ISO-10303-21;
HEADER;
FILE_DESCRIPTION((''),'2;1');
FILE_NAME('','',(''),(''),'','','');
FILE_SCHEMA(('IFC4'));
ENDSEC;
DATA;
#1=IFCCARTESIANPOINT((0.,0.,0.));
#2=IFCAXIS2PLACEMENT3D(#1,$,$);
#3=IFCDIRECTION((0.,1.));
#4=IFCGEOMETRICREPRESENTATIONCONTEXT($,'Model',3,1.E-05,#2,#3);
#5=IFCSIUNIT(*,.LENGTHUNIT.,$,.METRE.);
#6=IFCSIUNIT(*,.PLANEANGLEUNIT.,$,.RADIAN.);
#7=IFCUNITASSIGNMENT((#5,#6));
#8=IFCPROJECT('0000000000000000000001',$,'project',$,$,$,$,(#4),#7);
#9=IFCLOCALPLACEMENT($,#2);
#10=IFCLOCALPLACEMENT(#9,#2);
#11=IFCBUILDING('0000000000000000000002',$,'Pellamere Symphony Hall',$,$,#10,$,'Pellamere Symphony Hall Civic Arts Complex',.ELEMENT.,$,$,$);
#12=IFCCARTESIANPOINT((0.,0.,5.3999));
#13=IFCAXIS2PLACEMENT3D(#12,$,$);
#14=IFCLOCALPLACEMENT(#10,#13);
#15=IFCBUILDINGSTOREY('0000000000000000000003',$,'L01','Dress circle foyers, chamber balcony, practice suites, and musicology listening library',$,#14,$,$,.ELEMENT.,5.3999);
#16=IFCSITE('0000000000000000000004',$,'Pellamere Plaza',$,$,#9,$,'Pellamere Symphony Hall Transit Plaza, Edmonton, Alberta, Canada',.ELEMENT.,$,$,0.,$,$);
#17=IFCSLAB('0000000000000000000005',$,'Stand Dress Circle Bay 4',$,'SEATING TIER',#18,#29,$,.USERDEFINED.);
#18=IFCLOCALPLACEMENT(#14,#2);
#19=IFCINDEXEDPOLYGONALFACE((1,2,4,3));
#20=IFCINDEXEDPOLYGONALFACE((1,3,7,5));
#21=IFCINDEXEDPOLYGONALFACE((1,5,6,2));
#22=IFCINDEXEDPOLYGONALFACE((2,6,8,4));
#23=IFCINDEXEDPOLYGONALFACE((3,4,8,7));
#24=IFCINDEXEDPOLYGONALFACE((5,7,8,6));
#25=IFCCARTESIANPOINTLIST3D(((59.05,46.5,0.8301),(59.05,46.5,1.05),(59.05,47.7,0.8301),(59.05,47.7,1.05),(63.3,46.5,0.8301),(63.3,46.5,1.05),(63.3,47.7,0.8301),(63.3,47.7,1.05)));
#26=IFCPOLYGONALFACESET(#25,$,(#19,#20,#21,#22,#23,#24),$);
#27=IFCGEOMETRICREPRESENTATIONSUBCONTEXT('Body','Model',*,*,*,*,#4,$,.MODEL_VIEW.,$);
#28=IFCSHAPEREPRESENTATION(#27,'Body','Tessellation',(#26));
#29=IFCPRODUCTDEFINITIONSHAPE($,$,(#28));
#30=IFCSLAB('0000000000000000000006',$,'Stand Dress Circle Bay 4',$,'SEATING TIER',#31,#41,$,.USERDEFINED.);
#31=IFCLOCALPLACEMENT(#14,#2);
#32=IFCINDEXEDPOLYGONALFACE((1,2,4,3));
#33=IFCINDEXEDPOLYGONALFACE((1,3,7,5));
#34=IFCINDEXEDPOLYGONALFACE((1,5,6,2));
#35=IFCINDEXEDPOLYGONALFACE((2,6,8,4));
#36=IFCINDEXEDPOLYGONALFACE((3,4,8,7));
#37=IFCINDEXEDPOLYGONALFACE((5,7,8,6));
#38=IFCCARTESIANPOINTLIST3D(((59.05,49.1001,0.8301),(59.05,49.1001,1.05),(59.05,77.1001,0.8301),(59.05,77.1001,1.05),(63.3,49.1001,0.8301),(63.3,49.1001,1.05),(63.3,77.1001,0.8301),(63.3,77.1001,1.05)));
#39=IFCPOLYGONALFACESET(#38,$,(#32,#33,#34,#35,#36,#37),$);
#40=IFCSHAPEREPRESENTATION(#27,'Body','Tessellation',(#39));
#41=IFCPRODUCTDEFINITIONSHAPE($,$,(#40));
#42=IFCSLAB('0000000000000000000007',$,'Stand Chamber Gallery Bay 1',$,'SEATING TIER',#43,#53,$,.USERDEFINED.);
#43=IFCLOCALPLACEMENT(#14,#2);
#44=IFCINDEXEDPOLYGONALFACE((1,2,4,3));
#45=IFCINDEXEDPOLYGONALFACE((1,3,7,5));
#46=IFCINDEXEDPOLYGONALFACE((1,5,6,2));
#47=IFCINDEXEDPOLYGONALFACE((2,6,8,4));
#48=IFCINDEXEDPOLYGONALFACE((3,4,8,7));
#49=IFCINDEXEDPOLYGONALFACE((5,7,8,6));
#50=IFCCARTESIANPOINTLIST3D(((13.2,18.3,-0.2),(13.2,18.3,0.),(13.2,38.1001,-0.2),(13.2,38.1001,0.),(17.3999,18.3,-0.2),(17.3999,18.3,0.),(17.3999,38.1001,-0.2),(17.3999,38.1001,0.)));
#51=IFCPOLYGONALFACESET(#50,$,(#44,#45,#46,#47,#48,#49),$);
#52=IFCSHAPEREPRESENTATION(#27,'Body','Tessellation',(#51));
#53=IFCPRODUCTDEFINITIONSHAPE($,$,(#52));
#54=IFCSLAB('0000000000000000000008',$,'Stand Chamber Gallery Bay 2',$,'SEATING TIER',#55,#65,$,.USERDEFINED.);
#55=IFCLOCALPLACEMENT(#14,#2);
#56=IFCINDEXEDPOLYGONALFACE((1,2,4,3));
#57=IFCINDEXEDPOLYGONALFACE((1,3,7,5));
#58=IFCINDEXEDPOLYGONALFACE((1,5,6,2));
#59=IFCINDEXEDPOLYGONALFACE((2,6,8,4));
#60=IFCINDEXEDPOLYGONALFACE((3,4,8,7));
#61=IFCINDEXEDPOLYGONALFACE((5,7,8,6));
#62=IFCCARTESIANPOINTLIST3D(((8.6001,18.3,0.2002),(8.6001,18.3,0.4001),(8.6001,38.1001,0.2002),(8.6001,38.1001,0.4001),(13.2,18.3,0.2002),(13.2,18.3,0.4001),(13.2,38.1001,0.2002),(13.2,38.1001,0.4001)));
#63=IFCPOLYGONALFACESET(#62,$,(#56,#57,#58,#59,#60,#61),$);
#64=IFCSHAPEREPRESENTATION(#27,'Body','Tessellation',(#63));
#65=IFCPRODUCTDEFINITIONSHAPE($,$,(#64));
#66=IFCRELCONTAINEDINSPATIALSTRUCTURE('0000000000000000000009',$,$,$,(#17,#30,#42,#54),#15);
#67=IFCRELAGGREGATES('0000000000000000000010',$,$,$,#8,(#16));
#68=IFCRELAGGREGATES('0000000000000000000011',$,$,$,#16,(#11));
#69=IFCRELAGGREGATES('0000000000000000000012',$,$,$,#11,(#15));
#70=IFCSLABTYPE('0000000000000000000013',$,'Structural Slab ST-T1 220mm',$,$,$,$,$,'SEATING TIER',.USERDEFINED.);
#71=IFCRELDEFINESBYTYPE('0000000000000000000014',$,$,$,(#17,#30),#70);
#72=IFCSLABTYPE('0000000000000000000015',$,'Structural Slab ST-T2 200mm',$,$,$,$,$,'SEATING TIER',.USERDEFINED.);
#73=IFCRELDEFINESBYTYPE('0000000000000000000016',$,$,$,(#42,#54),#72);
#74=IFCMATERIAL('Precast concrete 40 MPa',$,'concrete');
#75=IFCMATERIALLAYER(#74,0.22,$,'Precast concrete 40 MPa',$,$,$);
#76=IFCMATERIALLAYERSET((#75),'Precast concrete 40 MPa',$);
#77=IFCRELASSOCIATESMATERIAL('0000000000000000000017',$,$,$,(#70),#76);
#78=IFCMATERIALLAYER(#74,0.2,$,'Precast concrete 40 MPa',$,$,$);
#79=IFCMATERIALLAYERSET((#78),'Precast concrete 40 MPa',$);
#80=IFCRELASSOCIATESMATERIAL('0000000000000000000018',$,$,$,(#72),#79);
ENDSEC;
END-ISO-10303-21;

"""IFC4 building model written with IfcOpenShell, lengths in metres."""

from ifc_helpers import new_model, si_unit, direction, frame, origin, place, context, subcontext, project, spatial, polyline, outline, extrude, material, layer, layer_set, type_object, element, save


model = new_model("IFC4")

# Units and contexts
model_context = context("Model", 3, precision=1e-05, world=origin(), true_north=direction((0.0, 1.0)))
body_context = subcontext(model_context, "Body", "Model", "MODEL_VIEW")
ifc_project = project(units=[si_unit("LENGTHUNIT", "METRE"), si_unit("PLANEANGLEUNIT", "RADIAN")], contexts=[model_context])

# Site, building, storey
site_placement = place(None, origin())
site = spatial("IfcSite", under=ifc_project, at=site_placement, Name="Pellamere Plaza", LongName="Pellamere Symphony Hall Transit Plaza, Edmonton, Alberta, Canada", CompositionType="ELEMENT", RefElevation=0.0)
building_placement = place(site_placement, origin())
building = spatial("IfcBuilding", under=site, at=building_placement, Name="Pellamere Symphony Hall", LongName="Pellamere Symphony Hall Civic Arts Complex", CompositionType="ELEMENT")
storey_placement = place(building_placement, frame((0.0, 0.0, 5.3999)))
storey = spatial("IfcBuildingStorey", under=building, at=storey_placement, Name="L01", Description="Dress circle foyers, chamber balcony, practice suites, and musicology listening library", CompositionType="ELEMENT", Elevation=5.3999)

# Slabs
ifc_material_1 = material(Name="Precast concrete 40 MPa", Category="concrete")
ifc_layer_1 = layer(ifc_material_1, 0.22, Name="Precast concrete 40 MPa")
ifc_layer_set_1 = layer_set([ifc_layer_1], Name="Precast concrete 40 MPa")
slab_type_1 = type_object("IfcSlabType", Name="Structural Slab ST-T1 220mm", ElementType="SEATING TIER", PredefinedType="USERDEFINED", material=ifc_layer_set_1)
slab_1_placement = place(storey_placement, frame((0.0, 0.0, 0.8301)))
element("IfcSlab", 1, at=slab_1_placement, inside=storey, type_object=slab_type_1, Name="Stand Dress Circle Bay 4", ObjectType="SEATING TIER", PredefinedType="USERDEFINED", context=body_context, shape_type="SweptSolid", body=[
    extrude(outline(polyline([(63.3, 46.5), (59.05, 46.5), (59.05, 47.7), (63.3, 47.7), (63.3, 46.5)])), origin(), (0.0, 0.0, 1.0), 0.22),
])
slab_2_placement = place(storey_placement, frame((0.0, 0.0, 0.8301)))
element("IfcSlab", 2, at=slab_2_placement, inside=storey, type_object=slab_type_1, Name="Stand Dress Circle Bay 4", ObjectType="SEATING TIER", PredefinedType="USERDEFINED", context=body_context, shape_type="SweptSolid", body=[
    extrude(outline(polyline([(59.05, 77.1001), (63.3, 77.1001), (63.3, 49.1001), (59.05, 49.1001), (59.05, 77.1001)])), origin(), (0.0, 0.0, 1.0), 0.22),
])
ifc_layer_2 = layer(ifc_material_1, 0.2, Name="Precast concrete 40 MPa")
ifc_layer_set_2 = layer_set([ifc_layer_2], Name="Precast concrete 40 MPa")
slab_type_2 = type_object("IfcSlabType", Name="Structural Slab ST-T2 200mm", ElementType="SEATING TIER", PredefinedType="USERDEFINED", material=ifc_layer_set_2)
slab_3_placement = place(storey_placement, frame((0.0, 0.0, -0.2)))
element("IfcSlab", 3, at=slab_3_placement, inside=storey, type_object=slab_type_2, Name="Stand Chamber Gallery Bay 1", ObjectType="SEATING TIER", PredefinedType="USERDEFINED", context=body_context, shape_type="SweptSolid", body=[
    extrude(outline(polyline([(13.2, 18.3), (13.2, 38.1001), (17.3999, 38.1001), (17.3999, 18.3), (13.2, 18.3)])), origin(), (0.0, 0.0, 1.0), 0.2),
])
slab_4_placement = place(storey_placement, frame((0.0, 0.0, 0.2002)))
element("IfcSlab", 4, at=slab_4_placement, inside=storey, type_object=slab_type_2, Name="Stand Chamber Gallery Bay 2", ObjectType="SEATING TIER", PredefinedType="USERDEFINED", context=body_context, shape_type="SweptSolid", body=[
    extrude(outline(polyline([(8.6001, 18.3), (8.6001, 38.1001), (13.2, 38.1001), (13.2, 18.3), (8.6001, 18.3)])), origin(), (0.0, 0.0, 1.0), 0.2),
])

save(model, "model.ifc")
